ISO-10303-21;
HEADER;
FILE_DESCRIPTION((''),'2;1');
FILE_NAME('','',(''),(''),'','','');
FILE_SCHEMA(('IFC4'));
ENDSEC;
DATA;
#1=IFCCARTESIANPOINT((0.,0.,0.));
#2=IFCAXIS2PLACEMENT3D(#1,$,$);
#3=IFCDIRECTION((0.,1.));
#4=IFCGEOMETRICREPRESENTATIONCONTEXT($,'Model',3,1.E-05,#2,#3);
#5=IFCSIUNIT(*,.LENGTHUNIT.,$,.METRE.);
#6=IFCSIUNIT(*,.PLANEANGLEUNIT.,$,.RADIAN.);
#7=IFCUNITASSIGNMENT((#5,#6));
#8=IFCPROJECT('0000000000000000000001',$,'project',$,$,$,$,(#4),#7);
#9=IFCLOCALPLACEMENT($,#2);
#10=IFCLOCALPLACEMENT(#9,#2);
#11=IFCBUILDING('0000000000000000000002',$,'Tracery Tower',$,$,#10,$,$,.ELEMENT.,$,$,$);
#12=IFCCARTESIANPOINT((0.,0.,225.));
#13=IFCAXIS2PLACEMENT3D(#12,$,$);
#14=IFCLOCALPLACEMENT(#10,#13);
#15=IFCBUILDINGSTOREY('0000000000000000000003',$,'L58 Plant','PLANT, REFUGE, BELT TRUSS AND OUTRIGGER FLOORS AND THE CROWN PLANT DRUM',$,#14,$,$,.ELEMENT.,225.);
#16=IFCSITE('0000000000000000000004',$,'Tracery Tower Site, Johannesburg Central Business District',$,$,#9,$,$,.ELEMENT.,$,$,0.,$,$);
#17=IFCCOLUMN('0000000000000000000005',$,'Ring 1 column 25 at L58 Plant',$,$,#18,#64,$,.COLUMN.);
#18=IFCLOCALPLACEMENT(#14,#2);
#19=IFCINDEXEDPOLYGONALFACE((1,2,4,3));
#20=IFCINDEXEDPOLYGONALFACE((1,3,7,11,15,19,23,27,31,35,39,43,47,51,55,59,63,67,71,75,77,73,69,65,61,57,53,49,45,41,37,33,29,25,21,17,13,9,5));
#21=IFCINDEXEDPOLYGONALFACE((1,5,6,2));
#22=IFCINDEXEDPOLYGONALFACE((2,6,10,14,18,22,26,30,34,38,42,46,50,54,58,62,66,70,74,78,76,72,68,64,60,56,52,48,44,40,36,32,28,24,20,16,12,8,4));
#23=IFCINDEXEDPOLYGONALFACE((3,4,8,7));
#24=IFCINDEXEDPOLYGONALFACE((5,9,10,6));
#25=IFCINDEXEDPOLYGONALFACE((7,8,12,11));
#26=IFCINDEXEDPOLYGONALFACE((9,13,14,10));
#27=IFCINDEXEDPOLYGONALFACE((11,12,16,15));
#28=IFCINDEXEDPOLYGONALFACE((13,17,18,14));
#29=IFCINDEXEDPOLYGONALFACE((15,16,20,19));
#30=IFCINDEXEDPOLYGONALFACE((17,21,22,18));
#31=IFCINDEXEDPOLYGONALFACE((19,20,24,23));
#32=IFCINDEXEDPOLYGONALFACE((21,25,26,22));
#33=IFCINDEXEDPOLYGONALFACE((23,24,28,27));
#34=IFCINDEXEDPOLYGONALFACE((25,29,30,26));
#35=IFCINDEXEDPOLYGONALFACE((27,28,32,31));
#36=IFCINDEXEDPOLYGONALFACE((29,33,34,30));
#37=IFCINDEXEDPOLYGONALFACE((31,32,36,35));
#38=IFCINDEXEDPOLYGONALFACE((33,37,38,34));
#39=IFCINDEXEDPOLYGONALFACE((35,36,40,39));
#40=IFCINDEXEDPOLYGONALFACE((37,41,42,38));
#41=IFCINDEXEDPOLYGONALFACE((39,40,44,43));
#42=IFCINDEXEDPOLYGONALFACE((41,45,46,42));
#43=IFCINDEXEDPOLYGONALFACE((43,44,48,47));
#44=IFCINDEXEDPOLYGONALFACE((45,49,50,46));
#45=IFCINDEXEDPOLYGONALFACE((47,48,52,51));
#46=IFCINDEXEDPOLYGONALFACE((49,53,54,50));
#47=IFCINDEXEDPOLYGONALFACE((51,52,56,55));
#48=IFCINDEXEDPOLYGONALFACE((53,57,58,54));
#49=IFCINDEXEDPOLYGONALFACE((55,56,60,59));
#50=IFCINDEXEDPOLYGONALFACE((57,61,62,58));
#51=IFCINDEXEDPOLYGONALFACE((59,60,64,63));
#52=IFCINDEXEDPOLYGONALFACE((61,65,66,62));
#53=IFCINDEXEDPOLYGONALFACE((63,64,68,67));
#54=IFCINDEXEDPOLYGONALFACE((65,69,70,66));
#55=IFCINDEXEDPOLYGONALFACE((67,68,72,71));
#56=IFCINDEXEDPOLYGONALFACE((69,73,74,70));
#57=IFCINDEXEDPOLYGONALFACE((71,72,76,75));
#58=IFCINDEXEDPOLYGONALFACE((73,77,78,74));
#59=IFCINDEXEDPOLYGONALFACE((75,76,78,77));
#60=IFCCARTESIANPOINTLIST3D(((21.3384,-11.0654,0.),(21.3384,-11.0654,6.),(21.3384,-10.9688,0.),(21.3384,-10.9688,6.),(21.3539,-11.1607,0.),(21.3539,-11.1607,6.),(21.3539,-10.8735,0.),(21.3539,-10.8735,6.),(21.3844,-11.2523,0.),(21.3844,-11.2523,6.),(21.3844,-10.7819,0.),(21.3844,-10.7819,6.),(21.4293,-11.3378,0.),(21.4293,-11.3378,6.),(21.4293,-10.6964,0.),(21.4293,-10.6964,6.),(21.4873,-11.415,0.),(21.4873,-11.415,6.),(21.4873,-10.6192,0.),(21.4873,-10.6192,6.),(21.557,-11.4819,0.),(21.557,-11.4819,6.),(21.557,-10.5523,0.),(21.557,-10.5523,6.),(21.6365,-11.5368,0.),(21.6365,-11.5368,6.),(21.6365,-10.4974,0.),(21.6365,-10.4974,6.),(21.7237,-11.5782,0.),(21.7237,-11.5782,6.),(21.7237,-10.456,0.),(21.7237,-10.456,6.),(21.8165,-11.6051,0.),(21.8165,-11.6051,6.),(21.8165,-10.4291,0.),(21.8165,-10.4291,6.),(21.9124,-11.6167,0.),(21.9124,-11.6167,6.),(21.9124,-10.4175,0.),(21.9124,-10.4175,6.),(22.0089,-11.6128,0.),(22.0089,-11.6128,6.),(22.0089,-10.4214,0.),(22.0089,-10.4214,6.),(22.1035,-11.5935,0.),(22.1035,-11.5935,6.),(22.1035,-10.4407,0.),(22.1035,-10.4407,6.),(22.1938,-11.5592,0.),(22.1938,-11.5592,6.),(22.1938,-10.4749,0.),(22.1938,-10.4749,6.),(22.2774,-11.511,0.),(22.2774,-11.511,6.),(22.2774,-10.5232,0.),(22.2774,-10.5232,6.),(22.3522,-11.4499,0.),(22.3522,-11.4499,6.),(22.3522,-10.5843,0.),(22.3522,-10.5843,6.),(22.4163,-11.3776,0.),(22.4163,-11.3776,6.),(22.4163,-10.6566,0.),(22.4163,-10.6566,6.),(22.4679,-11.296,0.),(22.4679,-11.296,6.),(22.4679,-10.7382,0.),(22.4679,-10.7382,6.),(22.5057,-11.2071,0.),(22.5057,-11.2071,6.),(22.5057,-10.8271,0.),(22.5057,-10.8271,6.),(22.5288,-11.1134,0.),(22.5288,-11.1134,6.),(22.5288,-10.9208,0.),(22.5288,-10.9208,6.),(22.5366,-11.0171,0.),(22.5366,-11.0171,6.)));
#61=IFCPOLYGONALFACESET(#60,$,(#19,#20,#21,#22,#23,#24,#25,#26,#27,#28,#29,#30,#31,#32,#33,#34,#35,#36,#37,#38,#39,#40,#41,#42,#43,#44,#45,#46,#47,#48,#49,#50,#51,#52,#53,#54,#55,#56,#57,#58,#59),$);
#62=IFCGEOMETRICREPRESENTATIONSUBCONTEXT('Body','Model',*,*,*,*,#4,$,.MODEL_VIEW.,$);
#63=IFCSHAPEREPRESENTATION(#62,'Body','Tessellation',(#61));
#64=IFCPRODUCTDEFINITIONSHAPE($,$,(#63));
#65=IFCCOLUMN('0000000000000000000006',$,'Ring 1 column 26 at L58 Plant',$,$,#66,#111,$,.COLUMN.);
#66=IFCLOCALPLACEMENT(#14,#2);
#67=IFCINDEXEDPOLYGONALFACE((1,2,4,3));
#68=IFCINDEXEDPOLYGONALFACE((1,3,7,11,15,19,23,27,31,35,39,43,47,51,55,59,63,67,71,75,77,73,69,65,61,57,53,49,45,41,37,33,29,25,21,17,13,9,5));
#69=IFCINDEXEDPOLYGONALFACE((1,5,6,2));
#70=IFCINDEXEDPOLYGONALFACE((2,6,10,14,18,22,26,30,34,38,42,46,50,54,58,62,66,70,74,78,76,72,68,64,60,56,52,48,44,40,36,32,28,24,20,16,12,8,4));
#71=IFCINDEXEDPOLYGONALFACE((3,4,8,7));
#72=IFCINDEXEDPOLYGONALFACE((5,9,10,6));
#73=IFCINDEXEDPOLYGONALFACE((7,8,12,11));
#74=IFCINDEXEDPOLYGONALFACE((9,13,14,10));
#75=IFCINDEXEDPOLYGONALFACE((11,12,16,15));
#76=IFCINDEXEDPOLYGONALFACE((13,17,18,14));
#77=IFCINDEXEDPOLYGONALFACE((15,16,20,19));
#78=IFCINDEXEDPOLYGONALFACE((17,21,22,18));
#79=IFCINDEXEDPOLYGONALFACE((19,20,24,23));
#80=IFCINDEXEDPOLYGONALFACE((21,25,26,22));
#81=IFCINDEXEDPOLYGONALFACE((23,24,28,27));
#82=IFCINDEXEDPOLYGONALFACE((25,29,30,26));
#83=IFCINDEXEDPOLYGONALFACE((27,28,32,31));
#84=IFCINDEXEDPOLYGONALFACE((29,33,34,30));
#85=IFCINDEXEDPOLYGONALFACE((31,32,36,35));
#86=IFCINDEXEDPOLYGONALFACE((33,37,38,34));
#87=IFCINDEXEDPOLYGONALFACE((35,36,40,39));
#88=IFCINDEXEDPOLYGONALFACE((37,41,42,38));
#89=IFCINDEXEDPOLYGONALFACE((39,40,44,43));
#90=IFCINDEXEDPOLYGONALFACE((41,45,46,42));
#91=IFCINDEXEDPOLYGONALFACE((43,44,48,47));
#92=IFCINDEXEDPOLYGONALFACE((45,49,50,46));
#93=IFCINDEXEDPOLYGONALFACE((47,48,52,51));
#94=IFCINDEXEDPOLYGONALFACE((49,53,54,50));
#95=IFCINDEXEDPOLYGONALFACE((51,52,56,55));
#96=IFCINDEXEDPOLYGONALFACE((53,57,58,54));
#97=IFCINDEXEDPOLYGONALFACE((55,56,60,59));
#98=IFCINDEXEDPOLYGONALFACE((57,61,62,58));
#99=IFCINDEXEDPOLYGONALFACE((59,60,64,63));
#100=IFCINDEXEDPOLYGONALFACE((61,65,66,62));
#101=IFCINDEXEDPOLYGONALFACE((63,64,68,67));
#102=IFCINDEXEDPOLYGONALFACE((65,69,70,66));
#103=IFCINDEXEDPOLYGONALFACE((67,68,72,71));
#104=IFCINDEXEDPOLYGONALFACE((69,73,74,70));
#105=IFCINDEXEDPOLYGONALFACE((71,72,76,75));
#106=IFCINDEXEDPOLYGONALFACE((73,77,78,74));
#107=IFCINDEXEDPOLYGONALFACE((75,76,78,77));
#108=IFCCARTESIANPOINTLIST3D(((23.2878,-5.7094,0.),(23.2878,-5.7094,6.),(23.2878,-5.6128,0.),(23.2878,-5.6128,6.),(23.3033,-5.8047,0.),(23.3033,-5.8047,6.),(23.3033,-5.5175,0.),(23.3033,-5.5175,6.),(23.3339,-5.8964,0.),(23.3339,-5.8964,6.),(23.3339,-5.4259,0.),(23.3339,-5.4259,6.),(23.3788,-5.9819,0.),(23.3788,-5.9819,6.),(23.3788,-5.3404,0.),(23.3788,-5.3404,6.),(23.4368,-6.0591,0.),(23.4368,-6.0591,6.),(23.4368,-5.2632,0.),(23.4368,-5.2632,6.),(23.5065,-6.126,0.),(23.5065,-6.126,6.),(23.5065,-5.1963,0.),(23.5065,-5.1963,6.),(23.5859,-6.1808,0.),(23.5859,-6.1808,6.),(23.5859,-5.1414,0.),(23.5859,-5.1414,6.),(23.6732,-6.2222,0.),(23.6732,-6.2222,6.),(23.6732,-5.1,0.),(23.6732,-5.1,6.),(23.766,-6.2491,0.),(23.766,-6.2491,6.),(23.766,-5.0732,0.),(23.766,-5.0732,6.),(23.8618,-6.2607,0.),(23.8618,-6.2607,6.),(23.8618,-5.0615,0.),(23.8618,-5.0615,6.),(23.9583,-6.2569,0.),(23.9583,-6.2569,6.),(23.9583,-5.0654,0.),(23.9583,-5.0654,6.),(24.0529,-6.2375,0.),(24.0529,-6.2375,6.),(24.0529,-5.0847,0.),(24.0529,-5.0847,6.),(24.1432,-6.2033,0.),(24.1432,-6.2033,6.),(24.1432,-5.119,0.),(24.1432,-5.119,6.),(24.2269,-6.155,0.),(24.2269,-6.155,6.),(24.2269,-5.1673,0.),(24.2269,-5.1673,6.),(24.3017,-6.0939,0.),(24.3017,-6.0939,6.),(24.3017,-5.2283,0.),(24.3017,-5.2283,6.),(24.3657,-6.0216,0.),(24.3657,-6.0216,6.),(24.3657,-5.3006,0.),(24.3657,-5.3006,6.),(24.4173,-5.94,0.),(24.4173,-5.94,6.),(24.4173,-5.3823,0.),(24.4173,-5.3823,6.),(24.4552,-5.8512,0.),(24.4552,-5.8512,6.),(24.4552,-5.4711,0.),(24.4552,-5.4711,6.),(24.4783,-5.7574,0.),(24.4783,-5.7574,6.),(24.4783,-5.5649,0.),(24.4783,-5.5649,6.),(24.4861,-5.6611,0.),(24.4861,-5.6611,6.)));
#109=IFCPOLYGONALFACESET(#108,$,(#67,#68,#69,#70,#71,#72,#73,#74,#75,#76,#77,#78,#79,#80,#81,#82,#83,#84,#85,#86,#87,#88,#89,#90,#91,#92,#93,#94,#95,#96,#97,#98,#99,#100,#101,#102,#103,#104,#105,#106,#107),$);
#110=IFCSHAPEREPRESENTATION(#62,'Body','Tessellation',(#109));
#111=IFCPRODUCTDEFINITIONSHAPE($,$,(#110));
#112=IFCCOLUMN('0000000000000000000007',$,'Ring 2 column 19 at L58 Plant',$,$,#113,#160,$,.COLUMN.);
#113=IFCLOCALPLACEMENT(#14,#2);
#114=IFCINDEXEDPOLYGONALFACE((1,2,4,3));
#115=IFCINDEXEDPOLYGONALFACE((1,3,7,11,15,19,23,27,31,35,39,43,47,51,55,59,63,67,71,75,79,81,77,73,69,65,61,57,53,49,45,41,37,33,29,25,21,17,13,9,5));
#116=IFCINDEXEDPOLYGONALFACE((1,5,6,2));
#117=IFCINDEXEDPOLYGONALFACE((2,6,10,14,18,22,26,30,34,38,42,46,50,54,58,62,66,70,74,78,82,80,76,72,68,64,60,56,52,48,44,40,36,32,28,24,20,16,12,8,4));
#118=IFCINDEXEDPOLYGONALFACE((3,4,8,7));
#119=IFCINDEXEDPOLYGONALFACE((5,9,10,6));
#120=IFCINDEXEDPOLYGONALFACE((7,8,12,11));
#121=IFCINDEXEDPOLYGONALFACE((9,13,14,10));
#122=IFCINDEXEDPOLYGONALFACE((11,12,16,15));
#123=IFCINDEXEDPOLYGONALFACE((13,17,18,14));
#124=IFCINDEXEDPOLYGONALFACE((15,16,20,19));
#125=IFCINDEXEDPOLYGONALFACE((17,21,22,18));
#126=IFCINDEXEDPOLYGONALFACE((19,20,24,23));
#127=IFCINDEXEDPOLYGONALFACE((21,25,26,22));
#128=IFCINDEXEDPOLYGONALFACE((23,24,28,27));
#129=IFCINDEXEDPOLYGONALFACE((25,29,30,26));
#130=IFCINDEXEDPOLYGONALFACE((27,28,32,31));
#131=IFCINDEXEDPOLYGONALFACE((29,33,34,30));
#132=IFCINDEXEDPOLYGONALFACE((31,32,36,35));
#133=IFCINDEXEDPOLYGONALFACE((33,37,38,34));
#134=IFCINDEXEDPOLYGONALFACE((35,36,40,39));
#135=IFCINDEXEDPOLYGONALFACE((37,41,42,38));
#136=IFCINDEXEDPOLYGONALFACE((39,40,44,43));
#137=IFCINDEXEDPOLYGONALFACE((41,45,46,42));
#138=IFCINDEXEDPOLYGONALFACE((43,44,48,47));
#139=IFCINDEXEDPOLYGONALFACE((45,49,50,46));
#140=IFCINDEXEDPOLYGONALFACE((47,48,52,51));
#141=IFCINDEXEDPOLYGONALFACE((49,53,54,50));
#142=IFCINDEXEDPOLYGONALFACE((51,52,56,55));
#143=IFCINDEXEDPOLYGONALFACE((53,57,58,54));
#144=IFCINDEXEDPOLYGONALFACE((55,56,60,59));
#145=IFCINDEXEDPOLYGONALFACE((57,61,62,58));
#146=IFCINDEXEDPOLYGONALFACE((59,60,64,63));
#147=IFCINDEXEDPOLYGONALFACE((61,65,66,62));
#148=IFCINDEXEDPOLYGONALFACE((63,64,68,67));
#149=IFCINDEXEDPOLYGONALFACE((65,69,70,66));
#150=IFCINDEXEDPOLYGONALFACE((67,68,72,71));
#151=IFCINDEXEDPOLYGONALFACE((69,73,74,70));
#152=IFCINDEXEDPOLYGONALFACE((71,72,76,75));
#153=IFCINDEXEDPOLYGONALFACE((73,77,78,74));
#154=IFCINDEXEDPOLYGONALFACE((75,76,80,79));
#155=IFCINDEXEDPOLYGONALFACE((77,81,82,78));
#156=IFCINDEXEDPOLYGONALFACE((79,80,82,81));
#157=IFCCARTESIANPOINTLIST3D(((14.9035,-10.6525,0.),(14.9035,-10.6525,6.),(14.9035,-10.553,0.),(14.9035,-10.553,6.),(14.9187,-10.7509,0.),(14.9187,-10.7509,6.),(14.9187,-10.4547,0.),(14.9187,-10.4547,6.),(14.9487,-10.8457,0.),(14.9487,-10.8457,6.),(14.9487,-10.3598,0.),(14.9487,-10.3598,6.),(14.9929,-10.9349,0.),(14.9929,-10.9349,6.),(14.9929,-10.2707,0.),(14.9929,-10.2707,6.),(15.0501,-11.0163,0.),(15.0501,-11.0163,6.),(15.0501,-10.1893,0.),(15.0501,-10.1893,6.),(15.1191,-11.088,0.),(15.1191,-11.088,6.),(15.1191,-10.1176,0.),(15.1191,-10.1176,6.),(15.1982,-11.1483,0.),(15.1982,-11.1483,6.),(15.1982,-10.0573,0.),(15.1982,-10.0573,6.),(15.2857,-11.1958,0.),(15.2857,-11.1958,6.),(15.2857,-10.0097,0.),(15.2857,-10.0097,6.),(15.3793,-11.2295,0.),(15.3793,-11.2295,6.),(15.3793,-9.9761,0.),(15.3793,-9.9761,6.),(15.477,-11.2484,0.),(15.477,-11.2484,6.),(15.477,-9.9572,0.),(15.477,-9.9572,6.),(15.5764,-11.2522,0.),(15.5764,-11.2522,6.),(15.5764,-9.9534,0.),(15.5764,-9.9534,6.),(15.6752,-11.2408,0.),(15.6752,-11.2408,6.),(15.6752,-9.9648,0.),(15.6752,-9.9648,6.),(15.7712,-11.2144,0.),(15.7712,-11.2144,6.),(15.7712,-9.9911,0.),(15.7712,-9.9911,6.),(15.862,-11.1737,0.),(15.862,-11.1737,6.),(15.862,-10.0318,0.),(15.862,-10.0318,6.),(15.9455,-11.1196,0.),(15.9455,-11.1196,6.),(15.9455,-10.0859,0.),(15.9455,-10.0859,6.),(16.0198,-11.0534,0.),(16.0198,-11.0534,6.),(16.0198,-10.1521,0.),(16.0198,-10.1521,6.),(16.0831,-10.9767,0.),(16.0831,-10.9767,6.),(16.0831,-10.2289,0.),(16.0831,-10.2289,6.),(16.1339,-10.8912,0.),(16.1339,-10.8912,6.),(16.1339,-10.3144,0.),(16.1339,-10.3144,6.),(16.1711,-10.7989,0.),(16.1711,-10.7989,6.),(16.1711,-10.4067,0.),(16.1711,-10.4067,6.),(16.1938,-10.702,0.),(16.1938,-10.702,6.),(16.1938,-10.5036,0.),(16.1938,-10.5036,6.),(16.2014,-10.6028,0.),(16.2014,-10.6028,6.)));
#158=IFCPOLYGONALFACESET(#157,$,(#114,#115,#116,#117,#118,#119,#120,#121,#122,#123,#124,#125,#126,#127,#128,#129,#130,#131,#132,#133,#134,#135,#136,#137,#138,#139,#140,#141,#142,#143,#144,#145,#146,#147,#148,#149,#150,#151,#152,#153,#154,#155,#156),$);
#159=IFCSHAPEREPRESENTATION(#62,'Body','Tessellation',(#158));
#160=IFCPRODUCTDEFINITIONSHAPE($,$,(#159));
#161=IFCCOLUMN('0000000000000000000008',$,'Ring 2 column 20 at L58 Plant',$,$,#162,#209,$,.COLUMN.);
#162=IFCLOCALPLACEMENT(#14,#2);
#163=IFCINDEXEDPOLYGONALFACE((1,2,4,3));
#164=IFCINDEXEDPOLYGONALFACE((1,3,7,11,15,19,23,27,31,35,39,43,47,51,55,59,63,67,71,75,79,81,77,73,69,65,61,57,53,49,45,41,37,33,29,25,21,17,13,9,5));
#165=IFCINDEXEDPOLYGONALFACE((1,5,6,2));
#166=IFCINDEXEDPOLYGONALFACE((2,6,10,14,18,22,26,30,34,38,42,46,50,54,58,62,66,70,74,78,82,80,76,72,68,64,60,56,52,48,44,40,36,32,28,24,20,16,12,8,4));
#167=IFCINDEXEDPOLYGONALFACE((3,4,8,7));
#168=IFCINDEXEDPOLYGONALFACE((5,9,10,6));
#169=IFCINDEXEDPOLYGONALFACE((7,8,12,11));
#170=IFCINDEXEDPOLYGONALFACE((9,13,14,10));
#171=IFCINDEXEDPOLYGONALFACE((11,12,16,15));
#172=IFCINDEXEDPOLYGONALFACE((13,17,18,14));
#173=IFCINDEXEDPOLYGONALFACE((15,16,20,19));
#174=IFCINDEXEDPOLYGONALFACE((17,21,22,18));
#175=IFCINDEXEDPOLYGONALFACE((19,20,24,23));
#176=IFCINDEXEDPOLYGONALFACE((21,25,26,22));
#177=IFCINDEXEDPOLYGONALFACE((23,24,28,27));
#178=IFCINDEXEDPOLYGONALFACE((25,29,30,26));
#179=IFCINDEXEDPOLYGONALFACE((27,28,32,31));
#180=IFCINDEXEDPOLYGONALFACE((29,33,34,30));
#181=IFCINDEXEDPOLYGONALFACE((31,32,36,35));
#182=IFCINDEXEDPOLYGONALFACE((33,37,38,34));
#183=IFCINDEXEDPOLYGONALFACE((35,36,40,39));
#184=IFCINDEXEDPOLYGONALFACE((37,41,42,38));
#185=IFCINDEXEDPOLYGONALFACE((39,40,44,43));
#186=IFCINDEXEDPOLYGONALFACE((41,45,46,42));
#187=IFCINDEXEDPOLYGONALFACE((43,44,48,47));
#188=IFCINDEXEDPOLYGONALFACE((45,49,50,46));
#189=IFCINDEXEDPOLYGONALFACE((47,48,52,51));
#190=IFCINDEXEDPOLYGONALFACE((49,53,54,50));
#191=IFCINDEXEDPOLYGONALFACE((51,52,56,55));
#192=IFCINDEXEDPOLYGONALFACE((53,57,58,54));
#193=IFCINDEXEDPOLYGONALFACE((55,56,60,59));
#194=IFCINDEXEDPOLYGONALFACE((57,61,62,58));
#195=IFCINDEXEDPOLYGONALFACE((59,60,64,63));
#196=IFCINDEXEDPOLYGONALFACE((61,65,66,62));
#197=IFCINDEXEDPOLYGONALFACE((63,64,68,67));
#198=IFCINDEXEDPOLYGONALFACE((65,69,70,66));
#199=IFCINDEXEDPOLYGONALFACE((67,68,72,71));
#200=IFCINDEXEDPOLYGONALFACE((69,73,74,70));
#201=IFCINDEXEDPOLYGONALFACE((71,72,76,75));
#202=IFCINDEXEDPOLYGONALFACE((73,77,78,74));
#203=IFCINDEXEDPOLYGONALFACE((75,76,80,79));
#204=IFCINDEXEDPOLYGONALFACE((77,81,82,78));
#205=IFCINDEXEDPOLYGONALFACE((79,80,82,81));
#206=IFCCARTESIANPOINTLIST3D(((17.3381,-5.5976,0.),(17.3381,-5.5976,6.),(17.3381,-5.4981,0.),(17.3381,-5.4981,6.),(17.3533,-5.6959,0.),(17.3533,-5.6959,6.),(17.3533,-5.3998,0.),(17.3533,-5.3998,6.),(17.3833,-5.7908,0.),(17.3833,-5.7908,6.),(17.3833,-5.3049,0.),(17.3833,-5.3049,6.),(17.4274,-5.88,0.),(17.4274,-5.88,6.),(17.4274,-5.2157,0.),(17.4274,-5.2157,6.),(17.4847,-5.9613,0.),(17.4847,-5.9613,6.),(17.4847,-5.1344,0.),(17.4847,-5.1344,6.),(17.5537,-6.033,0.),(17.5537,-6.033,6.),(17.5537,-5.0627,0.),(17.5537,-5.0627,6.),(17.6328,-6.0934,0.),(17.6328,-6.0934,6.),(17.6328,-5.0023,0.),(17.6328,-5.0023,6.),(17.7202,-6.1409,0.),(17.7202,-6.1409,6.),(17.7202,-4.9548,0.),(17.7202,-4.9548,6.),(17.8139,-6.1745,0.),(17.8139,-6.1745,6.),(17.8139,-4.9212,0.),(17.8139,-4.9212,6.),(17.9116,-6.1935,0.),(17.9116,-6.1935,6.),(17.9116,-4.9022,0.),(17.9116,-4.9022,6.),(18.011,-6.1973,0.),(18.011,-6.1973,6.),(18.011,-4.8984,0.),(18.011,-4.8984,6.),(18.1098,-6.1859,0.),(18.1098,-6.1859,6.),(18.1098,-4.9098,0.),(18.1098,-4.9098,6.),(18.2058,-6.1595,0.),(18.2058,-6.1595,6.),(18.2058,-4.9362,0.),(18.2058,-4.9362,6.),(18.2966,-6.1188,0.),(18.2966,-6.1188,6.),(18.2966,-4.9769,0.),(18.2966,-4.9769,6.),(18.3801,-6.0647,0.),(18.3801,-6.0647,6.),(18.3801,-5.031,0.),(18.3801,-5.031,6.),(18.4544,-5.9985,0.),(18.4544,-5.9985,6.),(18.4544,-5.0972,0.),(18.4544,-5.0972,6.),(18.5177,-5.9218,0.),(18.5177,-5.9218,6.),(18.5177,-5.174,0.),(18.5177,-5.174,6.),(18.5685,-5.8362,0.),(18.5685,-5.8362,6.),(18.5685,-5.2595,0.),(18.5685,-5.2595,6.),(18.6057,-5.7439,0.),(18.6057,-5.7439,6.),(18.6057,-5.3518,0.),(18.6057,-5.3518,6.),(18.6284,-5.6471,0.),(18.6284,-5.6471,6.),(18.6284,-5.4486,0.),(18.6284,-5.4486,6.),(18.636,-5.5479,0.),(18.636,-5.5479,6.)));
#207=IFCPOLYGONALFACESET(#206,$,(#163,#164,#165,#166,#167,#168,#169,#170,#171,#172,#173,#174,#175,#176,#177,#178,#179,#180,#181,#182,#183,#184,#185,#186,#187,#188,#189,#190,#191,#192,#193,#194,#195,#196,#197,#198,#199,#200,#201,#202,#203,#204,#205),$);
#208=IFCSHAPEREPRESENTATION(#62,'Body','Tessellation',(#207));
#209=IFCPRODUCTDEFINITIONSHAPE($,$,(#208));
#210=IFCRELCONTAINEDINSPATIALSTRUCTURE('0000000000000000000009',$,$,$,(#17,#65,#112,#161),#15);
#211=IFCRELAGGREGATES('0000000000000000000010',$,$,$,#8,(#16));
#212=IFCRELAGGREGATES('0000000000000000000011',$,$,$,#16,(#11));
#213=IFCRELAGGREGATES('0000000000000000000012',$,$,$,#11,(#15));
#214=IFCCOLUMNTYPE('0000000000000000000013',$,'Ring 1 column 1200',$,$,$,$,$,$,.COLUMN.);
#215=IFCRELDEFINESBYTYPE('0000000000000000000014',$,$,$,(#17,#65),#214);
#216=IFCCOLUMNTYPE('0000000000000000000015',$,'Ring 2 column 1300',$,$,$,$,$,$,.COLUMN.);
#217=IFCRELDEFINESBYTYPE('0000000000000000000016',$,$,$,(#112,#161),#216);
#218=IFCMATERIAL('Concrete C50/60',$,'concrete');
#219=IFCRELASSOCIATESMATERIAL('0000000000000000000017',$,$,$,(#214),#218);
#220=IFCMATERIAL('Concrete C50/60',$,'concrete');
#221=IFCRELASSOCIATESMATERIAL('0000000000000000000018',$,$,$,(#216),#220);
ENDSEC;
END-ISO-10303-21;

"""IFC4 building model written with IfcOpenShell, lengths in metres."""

from ifc_helpers import new_model, si_unit, direction, frame, origin, origin_2d, place, context, subcontext, project, spatial, circle, extrude, material, material_profile, profile_set, type_object, element, save


model = new_model("IFC4")

# Units and contexts
model_context = context("Model", 3, precision=1e-05, world=origin(), true_north=direction((0.0, 1.0)))
body_context = subcontext(model_context, "Body", "Model", "MODEL_VIEW")
ifc_project = project(units=[si_unit("LENGTHUNIT", "METRE"), si_unit("PLANEANGLEUNIT", "RADIAN")], contexts=[model_context])

# Site, building, storey
site_placement = place(None, origin())
site = spatial("IfcSite", under=ifc_project, at=site_placement, Name="Tracery Tower Site, Johannesburg Central Business District", CompositionType="ELEMENT", RefElevation=0.0)
building_placement = place(site_placement, origin())
building = spatial("IfcBuilding", under=site, at=building_placement, Name="Tracery Tower", CompositionType="ELEMENT")
storey_placement = place(building_placement, frame((0.0, 0.0, 225.0)))
storey = spatial("IfcBuildingStorey", under=building, at=storey_placement, Name="L58 Plant", Description="PLANT, REFUGE, BELT TRUSS AND OUTRIGGER FLOORS AND THE CROWN PLANT DRUM", CompositionType="ELEMENT", Elevation=225.0)

# Columns
ifc_material_1 = material(Name="Concrete C50/60", Category="concrete")
ifc_material_profile_1 = material_profile(ifc_material_1, circle(Radius=0.6001, at=origin_2d()), Name="RC D1200")
ifc_profile_set_1 = profile_set([ifc_material_profile_1], Name="Concrete C50/60")
column_type_1 = type_object("IfcColumnType", Name="Ring 1 column 1200", PredefinedType="COLUMN", material=ifc_profile_set_1)
for number, where, z_axis, x_axis, name in (
    (1, (21.9365, -11.0171, 0.0), (0.0, 0.0, 1.0), (1.0, 0.0, 0.0), "Ring 1 column 25 at L58 Plant"),
    (2, (23.886, -5.6611, 0.0), (0.0, 0.0, 1.0), (1.0, 0.0, 0.0), "Ring 1 column 26 at L58 Plant"),
):
    element("IfcColumn", number, at=place(storey_placement, frame(where, z_axis=z_axis, x_axis=x_axis)), inside=storey, type_object=column_type_1, Name=name, PredefinedType="COLUMN", context=body_context, shape_type="SweptSolid", body=[
        extrude(circle(Radius=0.6001, at=origin_2d()), origin(), (0.0, 0.0, 1.0), 6.0),
    ])
ifc_material_2 = material(Name="Concrete C50/60", Category="concrete")
ifc_material_profile_2 = material_profile(ifc_material_2, circle(Radius=0.6499, at=origin_2d()), Name="RC D1300")
ifc_profile_set_2 = profile_set([ifc_material_profile_2], Name="Concrete C50/60")
column_type_2 = type_object("IfcColumnType", Name="Ring 2 column 1300", PredefinedType="COLUMN", material=ifc_profile_set_2)
for number, where, z_axis, x_axis, name in (
    (3, (15.5515, -10.6028, 0.0), (0.0, 0.0, 1.0), (1.0, 0.0, 0.0), "Ring 2 column 19 at L58 Plant"),
    (4, (17.9861, -5.5479, 0.0), (0.0, 0.0, 1.0), (1.0, 0.0, 0.0), "Ring 2 column 20 at L58 Plant"),
):
    element("IfcColumn", number, at=place(storey_placement, frame(where, z_axis=z_axis, x_axis=x_axis)), inside=storey, type_object=column_type_2, Name=name, PredefinedType="COLUMN", context=body_context, shape_type="SweptSolid", body=[
        extrude(circle(Radius=0.6499, at=origin_2d()), origin(), (0.0, 0.0, 1.0), 6.0),
    ])

save(model, "model.ifc")
